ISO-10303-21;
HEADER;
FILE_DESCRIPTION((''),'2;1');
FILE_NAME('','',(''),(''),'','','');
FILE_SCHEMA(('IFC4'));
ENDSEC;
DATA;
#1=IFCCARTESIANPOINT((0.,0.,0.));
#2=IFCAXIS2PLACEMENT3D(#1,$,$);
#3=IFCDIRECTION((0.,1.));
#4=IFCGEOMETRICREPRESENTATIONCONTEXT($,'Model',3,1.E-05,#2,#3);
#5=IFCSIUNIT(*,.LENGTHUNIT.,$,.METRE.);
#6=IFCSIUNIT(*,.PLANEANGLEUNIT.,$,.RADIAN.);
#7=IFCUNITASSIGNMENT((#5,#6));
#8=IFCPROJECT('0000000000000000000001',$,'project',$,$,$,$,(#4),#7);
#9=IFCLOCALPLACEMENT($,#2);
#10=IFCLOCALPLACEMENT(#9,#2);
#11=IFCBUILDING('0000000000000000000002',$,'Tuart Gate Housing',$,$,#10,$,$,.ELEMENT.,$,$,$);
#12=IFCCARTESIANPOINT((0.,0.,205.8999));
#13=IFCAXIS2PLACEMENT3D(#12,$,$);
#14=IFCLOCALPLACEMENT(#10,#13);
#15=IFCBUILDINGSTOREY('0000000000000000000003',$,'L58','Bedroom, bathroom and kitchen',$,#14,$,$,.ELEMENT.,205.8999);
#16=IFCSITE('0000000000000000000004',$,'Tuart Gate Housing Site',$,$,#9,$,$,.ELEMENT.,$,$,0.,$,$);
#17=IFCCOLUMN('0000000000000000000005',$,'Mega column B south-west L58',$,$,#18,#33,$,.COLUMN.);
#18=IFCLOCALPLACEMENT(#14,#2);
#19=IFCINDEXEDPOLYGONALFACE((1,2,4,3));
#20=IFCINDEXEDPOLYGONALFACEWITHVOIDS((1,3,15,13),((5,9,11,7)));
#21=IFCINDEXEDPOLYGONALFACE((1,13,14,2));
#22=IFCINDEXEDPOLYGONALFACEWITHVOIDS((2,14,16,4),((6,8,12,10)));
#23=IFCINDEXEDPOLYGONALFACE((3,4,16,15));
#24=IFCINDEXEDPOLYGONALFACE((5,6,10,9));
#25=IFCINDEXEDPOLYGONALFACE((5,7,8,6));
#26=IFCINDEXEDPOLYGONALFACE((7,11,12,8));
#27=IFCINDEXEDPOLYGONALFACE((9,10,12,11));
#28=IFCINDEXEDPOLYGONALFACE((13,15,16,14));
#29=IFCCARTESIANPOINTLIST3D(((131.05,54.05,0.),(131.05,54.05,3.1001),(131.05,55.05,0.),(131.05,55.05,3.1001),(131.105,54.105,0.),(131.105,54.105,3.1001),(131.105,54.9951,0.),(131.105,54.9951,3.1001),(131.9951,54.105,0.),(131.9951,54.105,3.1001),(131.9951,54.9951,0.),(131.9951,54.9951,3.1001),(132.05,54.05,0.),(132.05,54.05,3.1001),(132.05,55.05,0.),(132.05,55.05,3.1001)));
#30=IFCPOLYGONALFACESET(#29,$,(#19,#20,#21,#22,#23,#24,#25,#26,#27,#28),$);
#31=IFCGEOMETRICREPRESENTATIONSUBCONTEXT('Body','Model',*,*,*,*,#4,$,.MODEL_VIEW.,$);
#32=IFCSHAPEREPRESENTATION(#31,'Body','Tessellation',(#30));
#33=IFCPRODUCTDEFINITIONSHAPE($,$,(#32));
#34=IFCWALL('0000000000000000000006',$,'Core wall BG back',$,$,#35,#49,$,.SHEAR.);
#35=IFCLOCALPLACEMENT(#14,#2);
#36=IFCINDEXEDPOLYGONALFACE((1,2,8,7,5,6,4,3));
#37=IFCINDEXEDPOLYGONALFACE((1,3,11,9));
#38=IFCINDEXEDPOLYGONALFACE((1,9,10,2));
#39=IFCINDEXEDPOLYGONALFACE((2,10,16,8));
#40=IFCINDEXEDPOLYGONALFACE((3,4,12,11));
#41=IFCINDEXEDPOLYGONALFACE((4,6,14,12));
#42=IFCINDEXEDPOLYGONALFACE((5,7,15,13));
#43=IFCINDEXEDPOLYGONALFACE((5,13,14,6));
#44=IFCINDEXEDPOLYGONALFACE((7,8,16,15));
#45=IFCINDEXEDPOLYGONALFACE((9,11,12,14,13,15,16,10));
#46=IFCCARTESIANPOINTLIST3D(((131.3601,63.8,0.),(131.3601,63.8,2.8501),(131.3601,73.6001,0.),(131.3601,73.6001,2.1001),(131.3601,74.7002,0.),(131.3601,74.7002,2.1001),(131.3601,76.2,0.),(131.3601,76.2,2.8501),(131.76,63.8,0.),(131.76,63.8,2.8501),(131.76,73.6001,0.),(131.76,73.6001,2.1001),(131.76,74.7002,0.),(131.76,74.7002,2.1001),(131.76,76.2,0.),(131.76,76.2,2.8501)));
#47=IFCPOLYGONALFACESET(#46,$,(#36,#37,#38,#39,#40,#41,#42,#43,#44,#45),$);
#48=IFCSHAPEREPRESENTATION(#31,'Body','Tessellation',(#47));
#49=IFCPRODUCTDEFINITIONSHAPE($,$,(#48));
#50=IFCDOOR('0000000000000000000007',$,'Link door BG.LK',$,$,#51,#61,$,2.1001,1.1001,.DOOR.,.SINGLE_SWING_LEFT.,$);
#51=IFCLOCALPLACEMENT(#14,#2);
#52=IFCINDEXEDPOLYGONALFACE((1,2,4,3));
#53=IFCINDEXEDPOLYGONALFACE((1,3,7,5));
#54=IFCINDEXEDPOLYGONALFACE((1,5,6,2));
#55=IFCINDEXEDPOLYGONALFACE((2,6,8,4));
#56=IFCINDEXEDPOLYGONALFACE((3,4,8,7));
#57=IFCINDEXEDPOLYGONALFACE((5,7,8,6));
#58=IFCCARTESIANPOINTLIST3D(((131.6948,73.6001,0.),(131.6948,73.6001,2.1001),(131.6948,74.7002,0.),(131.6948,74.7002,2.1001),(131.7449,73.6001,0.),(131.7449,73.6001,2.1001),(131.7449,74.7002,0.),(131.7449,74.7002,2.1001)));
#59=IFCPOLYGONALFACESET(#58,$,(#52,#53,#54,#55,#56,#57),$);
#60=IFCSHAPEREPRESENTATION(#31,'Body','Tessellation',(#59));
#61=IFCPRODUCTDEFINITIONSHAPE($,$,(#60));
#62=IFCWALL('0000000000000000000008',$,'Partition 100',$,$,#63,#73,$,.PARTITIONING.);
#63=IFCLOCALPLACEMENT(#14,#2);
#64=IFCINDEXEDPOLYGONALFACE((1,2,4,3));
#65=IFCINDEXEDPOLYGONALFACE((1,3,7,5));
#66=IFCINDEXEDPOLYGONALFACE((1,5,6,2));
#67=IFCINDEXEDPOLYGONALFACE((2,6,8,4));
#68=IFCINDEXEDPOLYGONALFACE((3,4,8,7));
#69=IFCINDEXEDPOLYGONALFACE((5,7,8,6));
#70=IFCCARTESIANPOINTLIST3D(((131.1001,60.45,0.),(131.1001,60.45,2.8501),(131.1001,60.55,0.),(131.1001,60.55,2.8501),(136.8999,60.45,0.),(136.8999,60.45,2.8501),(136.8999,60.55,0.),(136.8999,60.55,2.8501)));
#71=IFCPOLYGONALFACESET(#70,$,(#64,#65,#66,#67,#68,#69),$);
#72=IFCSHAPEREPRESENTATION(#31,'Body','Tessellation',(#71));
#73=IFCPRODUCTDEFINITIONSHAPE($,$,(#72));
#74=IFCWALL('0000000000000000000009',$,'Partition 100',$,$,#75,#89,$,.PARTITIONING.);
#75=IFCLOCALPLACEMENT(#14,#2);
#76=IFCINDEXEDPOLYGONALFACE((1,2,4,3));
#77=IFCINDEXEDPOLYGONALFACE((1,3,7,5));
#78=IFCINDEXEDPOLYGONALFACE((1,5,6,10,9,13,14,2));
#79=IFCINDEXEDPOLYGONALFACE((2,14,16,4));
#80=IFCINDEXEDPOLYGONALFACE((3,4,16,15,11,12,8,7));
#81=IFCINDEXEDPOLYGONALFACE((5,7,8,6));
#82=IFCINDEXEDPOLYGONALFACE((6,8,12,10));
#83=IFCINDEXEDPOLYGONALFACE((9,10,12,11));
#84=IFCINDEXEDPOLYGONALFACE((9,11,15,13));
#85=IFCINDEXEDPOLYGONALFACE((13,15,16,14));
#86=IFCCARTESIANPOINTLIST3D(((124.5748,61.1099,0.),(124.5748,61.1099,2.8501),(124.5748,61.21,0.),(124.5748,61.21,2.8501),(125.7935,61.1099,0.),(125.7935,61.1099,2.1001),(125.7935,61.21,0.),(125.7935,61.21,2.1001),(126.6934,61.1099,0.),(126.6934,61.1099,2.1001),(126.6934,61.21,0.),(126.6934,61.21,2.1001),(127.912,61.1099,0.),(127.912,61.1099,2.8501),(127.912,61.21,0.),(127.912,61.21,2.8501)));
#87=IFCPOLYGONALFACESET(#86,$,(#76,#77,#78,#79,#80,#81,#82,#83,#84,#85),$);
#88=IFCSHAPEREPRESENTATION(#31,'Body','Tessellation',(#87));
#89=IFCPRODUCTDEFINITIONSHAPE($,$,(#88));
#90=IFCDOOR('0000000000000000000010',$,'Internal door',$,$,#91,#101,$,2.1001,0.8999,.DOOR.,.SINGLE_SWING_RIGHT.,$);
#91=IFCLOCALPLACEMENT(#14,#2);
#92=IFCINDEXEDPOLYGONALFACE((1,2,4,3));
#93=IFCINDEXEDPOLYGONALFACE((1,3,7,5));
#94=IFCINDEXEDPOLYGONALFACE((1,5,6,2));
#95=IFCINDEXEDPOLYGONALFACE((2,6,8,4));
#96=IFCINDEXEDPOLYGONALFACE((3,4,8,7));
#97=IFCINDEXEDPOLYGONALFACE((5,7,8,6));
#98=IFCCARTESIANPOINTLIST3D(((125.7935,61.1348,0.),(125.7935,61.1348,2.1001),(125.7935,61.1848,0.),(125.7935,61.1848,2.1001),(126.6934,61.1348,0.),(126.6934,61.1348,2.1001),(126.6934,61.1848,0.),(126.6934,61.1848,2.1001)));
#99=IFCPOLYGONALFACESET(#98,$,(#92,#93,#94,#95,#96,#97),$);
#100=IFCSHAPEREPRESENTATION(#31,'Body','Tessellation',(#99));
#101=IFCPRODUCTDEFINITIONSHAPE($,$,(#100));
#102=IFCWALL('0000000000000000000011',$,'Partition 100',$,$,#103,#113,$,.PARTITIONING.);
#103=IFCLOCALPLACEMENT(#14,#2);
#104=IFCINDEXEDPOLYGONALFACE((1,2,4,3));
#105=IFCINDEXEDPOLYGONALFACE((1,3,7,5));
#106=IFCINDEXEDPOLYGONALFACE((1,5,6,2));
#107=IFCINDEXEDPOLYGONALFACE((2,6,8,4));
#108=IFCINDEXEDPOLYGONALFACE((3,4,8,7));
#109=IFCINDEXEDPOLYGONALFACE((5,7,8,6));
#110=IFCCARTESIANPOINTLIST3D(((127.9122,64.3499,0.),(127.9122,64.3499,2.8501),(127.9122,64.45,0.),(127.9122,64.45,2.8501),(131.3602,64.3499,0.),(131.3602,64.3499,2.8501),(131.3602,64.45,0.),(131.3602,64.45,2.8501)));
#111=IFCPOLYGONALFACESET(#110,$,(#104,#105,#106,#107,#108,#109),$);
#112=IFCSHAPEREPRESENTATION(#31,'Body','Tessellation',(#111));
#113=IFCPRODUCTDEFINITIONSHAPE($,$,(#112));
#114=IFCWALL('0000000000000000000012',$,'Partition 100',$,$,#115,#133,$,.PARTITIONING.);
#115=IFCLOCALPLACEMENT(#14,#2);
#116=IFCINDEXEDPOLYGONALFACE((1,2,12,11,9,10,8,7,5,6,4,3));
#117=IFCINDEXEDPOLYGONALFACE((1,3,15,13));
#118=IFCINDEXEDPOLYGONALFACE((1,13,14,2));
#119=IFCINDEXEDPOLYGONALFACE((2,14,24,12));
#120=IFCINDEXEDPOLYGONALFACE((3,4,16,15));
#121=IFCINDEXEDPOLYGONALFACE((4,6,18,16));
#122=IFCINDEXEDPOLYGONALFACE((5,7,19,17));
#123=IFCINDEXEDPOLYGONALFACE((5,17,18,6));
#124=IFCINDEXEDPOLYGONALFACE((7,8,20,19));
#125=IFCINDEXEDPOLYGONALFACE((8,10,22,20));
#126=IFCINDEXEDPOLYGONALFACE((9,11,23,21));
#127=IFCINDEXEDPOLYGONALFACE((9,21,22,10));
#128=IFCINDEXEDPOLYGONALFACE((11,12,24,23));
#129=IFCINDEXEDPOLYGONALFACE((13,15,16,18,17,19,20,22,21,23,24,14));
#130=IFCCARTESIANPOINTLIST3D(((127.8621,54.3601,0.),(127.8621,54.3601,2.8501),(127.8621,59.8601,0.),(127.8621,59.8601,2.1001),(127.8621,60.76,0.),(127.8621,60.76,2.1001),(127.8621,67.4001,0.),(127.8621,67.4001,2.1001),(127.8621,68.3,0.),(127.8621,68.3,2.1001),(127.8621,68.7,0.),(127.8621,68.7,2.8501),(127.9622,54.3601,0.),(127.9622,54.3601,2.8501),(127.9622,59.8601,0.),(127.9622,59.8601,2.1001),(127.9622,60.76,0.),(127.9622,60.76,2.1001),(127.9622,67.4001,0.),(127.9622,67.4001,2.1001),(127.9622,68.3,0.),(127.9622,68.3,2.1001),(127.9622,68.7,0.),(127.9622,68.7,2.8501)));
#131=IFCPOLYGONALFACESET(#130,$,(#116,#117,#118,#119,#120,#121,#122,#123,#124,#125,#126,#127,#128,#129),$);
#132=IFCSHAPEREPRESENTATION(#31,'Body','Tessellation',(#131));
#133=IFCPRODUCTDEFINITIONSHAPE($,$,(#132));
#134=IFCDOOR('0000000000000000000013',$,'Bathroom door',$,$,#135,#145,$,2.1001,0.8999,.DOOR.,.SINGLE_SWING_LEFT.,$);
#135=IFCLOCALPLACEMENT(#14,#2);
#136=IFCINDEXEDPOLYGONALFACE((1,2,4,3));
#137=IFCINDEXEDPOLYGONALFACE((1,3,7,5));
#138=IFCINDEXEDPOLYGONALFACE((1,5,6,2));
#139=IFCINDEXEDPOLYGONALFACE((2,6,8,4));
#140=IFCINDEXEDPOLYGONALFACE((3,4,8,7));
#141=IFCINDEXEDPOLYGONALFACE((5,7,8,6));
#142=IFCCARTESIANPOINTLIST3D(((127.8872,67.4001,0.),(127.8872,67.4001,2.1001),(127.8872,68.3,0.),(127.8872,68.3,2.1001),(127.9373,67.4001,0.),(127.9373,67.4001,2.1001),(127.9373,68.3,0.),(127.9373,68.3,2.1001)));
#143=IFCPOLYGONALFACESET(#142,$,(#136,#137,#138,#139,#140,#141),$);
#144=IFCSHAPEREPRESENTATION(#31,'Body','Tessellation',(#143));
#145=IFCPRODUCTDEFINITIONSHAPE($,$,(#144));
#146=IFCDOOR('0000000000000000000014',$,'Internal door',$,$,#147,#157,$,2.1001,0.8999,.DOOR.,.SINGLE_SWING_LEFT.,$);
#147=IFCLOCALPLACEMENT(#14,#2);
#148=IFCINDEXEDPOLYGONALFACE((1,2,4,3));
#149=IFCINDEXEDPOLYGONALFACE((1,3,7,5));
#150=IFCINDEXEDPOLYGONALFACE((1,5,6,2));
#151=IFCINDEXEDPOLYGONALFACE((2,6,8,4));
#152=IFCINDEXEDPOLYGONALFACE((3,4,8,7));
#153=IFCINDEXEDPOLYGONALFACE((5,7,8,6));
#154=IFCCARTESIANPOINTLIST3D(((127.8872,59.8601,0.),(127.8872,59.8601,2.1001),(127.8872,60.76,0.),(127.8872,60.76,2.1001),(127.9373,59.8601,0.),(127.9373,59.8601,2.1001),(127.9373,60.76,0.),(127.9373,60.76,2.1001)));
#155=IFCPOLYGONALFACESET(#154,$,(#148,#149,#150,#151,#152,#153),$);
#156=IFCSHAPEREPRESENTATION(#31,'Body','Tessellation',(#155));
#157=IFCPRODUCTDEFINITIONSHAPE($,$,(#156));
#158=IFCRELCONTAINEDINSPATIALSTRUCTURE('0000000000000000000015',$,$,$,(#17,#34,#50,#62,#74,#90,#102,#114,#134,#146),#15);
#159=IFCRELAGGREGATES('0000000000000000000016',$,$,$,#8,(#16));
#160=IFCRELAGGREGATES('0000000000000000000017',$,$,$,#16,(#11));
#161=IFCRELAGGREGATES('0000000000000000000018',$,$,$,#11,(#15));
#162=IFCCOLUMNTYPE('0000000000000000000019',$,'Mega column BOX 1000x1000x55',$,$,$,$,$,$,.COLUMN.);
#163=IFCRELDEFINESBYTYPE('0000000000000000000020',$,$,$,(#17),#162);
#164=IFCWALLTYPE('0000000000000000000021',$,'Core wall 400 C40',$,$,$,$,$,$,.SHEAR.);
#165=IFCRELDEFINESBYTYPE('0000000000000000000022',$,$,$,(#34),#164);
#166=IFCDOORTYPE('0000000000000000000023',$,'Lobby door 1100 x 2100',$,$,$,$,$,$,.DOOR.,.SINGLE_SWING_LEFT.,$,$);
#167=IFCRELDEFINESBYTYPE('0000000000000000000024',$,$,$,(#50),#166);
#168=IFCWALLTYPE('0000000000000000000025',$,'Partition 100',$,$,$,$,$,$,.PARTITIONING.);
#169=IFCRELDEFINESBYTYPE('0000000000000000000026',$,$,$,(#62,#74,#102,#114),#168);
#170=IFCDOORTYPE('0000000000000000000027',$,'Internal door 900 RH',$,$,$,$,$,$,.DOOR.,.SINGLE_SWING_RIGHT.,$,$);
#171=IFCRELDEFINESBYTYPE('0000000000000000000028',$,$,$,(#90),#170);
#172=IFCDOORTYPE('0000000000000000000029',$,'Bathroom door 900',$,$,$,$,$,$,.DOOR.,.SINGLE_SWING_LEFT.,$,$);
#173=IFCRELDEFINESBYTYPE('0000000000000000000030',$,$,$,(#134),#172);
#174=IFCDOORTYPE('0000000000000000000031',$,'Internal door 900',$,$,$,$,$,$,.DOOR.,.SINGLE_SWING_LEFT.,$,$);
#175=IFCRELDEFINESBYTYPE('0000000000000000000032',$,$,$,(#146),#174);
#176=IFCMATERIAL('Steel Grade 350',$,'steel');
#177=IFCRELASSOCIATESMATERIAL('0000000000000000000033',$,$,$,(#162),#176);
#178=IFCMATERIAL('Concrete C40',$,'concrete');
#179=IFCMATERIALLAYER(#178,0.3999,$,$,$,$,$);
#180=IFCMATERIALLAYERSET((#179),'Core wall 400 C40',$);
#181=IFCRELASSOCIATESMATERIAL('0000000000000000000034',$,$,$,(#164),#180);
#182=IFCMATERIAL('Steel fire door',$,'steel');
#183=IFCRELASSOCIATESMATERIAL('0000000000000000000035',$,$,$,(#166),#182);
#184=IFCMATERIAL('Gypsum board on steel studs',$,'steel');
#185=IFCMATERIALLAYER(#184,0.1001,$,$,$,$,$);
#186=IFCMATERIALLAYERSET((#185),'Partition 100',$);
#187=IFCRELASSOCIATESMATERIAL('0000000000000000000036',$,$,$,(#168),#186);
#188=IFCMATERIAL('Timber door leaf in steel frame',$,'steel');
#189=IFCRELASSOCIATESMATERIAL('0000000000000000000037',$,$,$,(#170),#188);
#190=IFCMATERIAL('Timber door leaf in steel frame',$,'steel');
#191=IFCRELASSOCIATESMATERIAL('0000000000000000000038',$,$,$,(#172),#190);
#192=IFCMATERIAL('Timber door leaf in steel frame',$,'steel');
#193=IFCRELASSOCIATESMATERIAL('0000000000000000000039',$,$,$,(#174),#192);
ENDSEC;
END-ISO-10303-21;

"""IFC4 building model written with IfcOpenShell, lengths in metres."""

from ifc_helpers import new_model, si_unit, direction, frame, frame_2d, origin, origin_2d, place, context, subcontext, project, spatial, rectangle, hollow_rectangle, extrude, material, layer, layer_set, material_profile, profile_set, type_object, element, fill, save


model = new_model("IFC4")

# Units and contexts
model_context = context("Model", 3, precision=1e-05, world=origin(), true_north=direction((0.0, 1.0)))
body_context = subcontext(model_context, "Body", "Model", "MODEL_VIEW")
ifc_project = project(units=[si_unit("LENGTHUNIT", "METRE"), si_unit("PLANEANGLEUNIT", "RADIAN")], contexts=[model_context])

# Site, building, storey
site_placement = place(None, origin())
site = spatial("IfcSite", under=ifc_project, at=site_placement, Name="Tuart Gate Housing Site", CompositionType="ELEMENT", RefElevation=0.0)
building_placement = place(site_placement, origin())
building = spatial("IfcBuilding", under=site, at=building_placement, Name="Tuart Gate Housing", CompositionType="ELEMENT")
storey_placement = place(building_placement, frame((0.0, 0.0, 205.8999)))
storey = spatial("IfcBuildingStorey", under=building, at=storey_placement, Name="L58", Description="Bedroom, bathroom and kitchen", CompositionType="ELEMENT", Elevation=205.8999)

# Column
ifc_material_1 = material(Name="Steel Grade 350", Category="steel")
ifc_material_profile = material_profile(ifc_material_1, hollow_rectangle(XDim=1.0, YDim=1.0, WallThickness=0.0549, at=origin_2d()), Name="BOX 1000x1000x55")
ifc_profile_set = profile_set([ifc_material_profile], Name="Steel Grade 350")
column_type = type_object("IfcColumnType", Name="Mega column BOX 1000x1000x55", PredefinedType="COLUMN", material=ifc_profile_set)
column_placement = place(storey_placement, frame((131.55, 54.55, 0.0), z_axis=(0.0, 0.0, 1.0), x_axis=(1.0, 0.0, 0.0)))
element("IfcColumn", 1, at=column_placement, inside=storey, type_object=column_type, Name="Mega column B south-west L58", PredefinedType="COLUMN", context=body_context, shape_type="SweptSolid", body=[
    extrude(hollow_rectangle(XDim=1.0, YDim=1.0, WallThickness=0.0549, at=origin_2d()), origin(), (0.0, 0.0, 1.0), 3.1001),
])

# Wall, opening, door
ifc_material_2 = material(Name="Concrete C40", Category="concrete")
ifc_layer_1 = layer(ifc_material_2, 0.3999)
ifc_layer_set_1 = layer_set([ifc_layer_1], Name="Core wall 400 C40")
wall_type_1 = type_object("IfcWallType", Name="Core wall 400 C40", PredefinedType="SHEAR", material=ifc_layer_set_1)
wall_1_placement = place(storey_placement, frame((131.5601, 63.8, 0.0), z_axis=(0.0, 0.0, 1.0), x_axis=(0.0, 1.0, 0.0)))
wall_1 = element("IfcWall", 2, at=wall_1_placement, inside=storey, type_object=wall_type_1, Name="Core wall BG back", PredefinedType="SHEAR", context=body_context, shape_type="SweptSolid", body=[
    extrude(rectangle(XDim=12.3999, YDim=0.3999, at=frame_2d((6.2, 0.0))), origin(), (0.0, 0.0, 1.0), 2.8501),
])
opening_1_placement = place(wall_1_placement, frame((9.8, 0.0, 0.0)))
opening_1 = element("IfcOpeningElement", 3, at=opening_1_placement, cuts=wall_1, PredefinedType="OPENING", context=body_context, shape_type="SweptSolid", body=[
    extrude(rectangle(XDim=1.1001, YDim=2.1001, at=frame_2d((0.55, 1.05))), frame((0.0, 0.21, 0.0), z_axis=(0.0, -1.0, 0.0), x_axis=(1.0, 0.0, 0.0)), (0.0, 0.0, 1.0), 0.4199),
])
ifc_material_3 = material(Name="Steel fire door", Category="steel")
door_type_1 = type_object("IfcDoorType", Name="Lobby door 1100 x 2100", OperationType="SINGLE_SWING_LEFT", PredefinedType="DOOR", material=ifc_material_3)
door_1_placement = place(opening_1_placement, frame((1.1001, 0.0, 0.0), z_axis=(0.0, 0.0, 1.0), x_axis=(-1.0, 0.0, 0.0)))
door_1 = element("IfcDoor", 4, at=door_1_placement, inside=storey, type_object=door_type_1, Name="Link door BG.LK", OperationType="SINGLE_SWING_LEFT", OverallHeight=2.1001, OverallWidth=1.1001, PredefinedType="DOOR", context=body_context, shape_type="SweptSolid", body=[
    extrude(rectangle(XDim=1.1001, YDim=2.1001, at=frame_2d((0.55, 1.05))), frame((0.0, 0.1848, 0.0), z_axis=(0.0, -1.0, 0.0), x_axis=(1.0, 0.0, 0.0)), (0.0, 0.0, 1.0), 0.05),
])
fill(opening_1, door_1)

# Wall
ifc_material_4 = material(Name="Gypsum board on steel studs", Category="steel")
ifc_layer_2 = layer(ifc_material_4, 0.1001)
ifc_layer_set_2 = layer_set([ifc_layer_2], Name="Partition 100")
wall_type_2 = type_object("IfcWallType", Name="Partition 100", PredefinedType="PARTITIONING", material=ifc_layer_set_2)
wall_2_placement = place(storey_placement, frame((131.1001, 60.5, 0.0), z_axis=(0.0, 0.0, 1.0), x_axis=(1.0, 0.0, 0.0)))
element("IfcWall", 5, at=wall_2_placement, inside=storey, type_object=wall_type_2, Name="Partition 100", PredefinedType="PARTITIONING", context=body_context, shape_type="SweptSolid", body=[
    extrude(rectangle(XDim=5.7998, YDim=0.1001, at=frame_2d((2.8999, 0.0))), origin(), (0.0, 0.0, 1.0), 2.8501),
])

# Wall, opening, door
wall_3_placement = place(storey_placement, frame((124.575, 61.1599, 0.0), z_axis=(0.0, 0.0, 1.0), x_axis=(1.0, 0.0, 0.0)))
wall_3 = element("IfcWall", 6, at=wall_3_placement, inside=storey, type_object=wall_type_2, Name="Partition 100", PredefinedType="PARTITIONING", context=body_context, shape_type="SweptSolid", body=[
    extrude(rectangle(XDim=3.3372, YDim=0.1001, at=frame_2d((1.6685, 0.0))), origin(), (0.0, 0.0, 1.0), 2.8501),
])
opening_2_placement = place(wall_3_placement, frame((1.2185, 0.0, 0.0)))
opening_2 = element("IfcOpeningElement", 7, at=opening_2_placement, cuts=wall_3, PredefinedType="OPENING", context=body_context, shape_type="SweptSolid", body=[
    extrude(rectangle(XDim=0.8999, YDim=2.1001, at=frame_2d((0.45, 1.05))), frame((0.0, 0.0601, 0.0), z_axis=(0.0, -1.0, 0.0), x_axis=(1.0, 0.0, 0.0)), (0.0, 0.0, 1.0), 0.1201),
])
ifc_material_5 = material(Name="Timber door leaf in steel frame", Category="steel")
door_type_2 = type_object("IfcDoorType", Name="Internal door 900 RH", OperationType="SINGLE_SWING_RIGHT", PredefinedType="DOOR", material=ifc_material_5)
door_2_placement = place(opening_2_placement, origin())
door_2 = element("IfcDoor", 8, at=door_2_placement, inside=storey, type_object=door_type_2, Name="Internal door", OperationType="SINGLE_SWING_RIGHT", OverallHeight=2.1001, OverallWidth=0.8999, PredefinedType="DOOR", context=body_context, shape_type="SweptSolid", body=[
    extrude(rectangle(XDim=0.8999, YDim=2.1001, at=frame_2d((0.45, 1.05))), frame((0.0, 0.0249, 0.0), z_axis=(0.0, -1.0, 0.0), x_axis=(1.0, 0.0, 0.0)), (0.0, 0.0, 1.0), 0.05),
])
fill(opening_2, door_2)

# Wall
wall_4_placement = place(storey_placement, frame((127.9121, 64.3999, 0.0), z_axis=(0.0, 0.0, 1.0), x_axis=(1.0, 0.0, 0.0)))
element("IfcWall", 9, at=wall_4_placement, inside=storey, type_object=wall_type_2, Name="Partition 100", PredefinedType="PARTITIONING", context=body_context, shape_type="SweptSolid", body=[
    extrude(rectangle(XDim=3.448, YDim=0.1001, at=frame_2d((1.7241, 0.0))), origin(), (0.0, 0.0, 1.0), 2.8501),
])

# Wall, openings, doors
wall_5_placement = place(storey_placement, frame((127.9121, 54.3601, 0.0), z_axis=(0.0, 0.0, 1.0), x_axis=(0.0, 1.0, 0.0)))
wall_5 = element("IfcWall", 10, at=wall_5_placement, inside=storey, type_object=wall_type_2, Name="Partition 100", PredefinedType="PARTITIONING", context=body_context, shape_type="SweptSolid", body=[
    extrude(rectangle(XDim=14.3398, YDim=0.1001, at=frame_2d((7.1699, 0.0))), origin(), (0.0, 0.0, 1.0), 2.8501),
])
opening_3_placement = place(wall_5_placement, frame((5.5, 0.0, 0.0)))
opening_3 = element("IfcOpeningElement", 11, at=opening_3_placement, cuts=wall_5, PredefinedType="OPENING", context=body_context, shape_type="SweptSolid", body=[
    extrude(rectangle(XDim=0.8999, YDim=2.1001, at=frame_2d((0.45, 1.05))), frame((0.0, 0.0601, 0.0), z_axis=(0.0, -1.0, 0.0), x_axis=(1.0, 0.0, 0.0)), (0.0, 0.0, 1.0), 0.1201),
])
opening_4_placement = place(wall_5_placement, frame((13.04, 0.0, 0.0)))
opening_4 = element("IfcOpeningElement", 12, at=opening_4_placement, cuts=wall_5, PredefinedType="OPENING", context=body_context, shape_type="SweptSolid", body=[
    extrude(rectangle(XDim=0.8999, YDim=2.1001, at=frame_2d((0.45, 1.05))), frame((0.0, 0.0601, 0.0), z_axis=(0.0, -1.0, 0.0), x_axis=(1.0, 0.0, 0.0)), (0.0, 0.0, 1.0), 0.1201),
])
ifc_material_6 = material(Name="Timber door leaf in steel frame", Category="steel")
door_type_3 = type_object("IfcDoorType", Name="Bathroom door 900", OperationType="SINGLE_SWING_LEFT", PredefinedType="DOOR", material=ifc_material_6)
door_3_placement = place(opening_4_placement, frame((0.8999, 0.0, 0.0), z_axis=(0.0, 0.0, 1.0), x_axis=(-1.0, 0.0, 0.0)))
door_3 = element("IfcDoor", 13, at=door_3_placement, inside=storey, type_object=door_type_3, Name="Bathroom door", OperationType="SINGLE_SWING_LEFT", OverallHeight=2.1001, OverallWidth=0.8999, PredefinedType="DOOR", context=body_context, shape_type="SweptSolid", body=[
    extrude(rectangle(XDim=0.8999, YDim=2.1001, at=frame_2d((0.45, 1.05))), frame((0.0, 0.0251, 0.0), z_axis=(0.0, -1.0, 0.0), x_axis=(1.0, 0.0, 0.0)), (0.0, 0.0, 1.0), 0.05),
])
fill(opening_4, door_3)
ifc_material_7 = material(Name="Timber door leaf in steel frame", Category="steel")
door_type_4 = type_object("IfcDoorType", Name="Internal door 900", OperationType="SINGLE_SWING_LEFT", PredefinedType="DOOR", material=ifc_material_7)
door_4_placement = place(opening_3_placement, frame((0.8999, 0.0, 0.0), z_axis=(0.0, 0.0, 1.0), x_axis=(-1.0, 0.0, 0.0)))
door_4 = element("IfcDoor", 14, at=door_4_placement, inside=storey, type_object=door_type_4, Name="Internal door", OperationType="SINGLE_SWING_LEFT", OverallHeight=2.1001, OverallWidth=0.8999, PredefinedType="DOOR", context=body_context, shape_type="SweptSolid", body=[
    extrude(rectangle(XDim=0.8999, YDim=2.1001, at=frame_2d((0.45, 1.05))), frame((0.0, 0.0251, 0.0), z_axis=(0.0, -1.0, 0.0), x_axis=(1.0, 0.0, 0.0)), (0.0, 0.0, 1.0), 0.05),
])
fill(opening_3, door_4)

save(model, "model.ifc")
